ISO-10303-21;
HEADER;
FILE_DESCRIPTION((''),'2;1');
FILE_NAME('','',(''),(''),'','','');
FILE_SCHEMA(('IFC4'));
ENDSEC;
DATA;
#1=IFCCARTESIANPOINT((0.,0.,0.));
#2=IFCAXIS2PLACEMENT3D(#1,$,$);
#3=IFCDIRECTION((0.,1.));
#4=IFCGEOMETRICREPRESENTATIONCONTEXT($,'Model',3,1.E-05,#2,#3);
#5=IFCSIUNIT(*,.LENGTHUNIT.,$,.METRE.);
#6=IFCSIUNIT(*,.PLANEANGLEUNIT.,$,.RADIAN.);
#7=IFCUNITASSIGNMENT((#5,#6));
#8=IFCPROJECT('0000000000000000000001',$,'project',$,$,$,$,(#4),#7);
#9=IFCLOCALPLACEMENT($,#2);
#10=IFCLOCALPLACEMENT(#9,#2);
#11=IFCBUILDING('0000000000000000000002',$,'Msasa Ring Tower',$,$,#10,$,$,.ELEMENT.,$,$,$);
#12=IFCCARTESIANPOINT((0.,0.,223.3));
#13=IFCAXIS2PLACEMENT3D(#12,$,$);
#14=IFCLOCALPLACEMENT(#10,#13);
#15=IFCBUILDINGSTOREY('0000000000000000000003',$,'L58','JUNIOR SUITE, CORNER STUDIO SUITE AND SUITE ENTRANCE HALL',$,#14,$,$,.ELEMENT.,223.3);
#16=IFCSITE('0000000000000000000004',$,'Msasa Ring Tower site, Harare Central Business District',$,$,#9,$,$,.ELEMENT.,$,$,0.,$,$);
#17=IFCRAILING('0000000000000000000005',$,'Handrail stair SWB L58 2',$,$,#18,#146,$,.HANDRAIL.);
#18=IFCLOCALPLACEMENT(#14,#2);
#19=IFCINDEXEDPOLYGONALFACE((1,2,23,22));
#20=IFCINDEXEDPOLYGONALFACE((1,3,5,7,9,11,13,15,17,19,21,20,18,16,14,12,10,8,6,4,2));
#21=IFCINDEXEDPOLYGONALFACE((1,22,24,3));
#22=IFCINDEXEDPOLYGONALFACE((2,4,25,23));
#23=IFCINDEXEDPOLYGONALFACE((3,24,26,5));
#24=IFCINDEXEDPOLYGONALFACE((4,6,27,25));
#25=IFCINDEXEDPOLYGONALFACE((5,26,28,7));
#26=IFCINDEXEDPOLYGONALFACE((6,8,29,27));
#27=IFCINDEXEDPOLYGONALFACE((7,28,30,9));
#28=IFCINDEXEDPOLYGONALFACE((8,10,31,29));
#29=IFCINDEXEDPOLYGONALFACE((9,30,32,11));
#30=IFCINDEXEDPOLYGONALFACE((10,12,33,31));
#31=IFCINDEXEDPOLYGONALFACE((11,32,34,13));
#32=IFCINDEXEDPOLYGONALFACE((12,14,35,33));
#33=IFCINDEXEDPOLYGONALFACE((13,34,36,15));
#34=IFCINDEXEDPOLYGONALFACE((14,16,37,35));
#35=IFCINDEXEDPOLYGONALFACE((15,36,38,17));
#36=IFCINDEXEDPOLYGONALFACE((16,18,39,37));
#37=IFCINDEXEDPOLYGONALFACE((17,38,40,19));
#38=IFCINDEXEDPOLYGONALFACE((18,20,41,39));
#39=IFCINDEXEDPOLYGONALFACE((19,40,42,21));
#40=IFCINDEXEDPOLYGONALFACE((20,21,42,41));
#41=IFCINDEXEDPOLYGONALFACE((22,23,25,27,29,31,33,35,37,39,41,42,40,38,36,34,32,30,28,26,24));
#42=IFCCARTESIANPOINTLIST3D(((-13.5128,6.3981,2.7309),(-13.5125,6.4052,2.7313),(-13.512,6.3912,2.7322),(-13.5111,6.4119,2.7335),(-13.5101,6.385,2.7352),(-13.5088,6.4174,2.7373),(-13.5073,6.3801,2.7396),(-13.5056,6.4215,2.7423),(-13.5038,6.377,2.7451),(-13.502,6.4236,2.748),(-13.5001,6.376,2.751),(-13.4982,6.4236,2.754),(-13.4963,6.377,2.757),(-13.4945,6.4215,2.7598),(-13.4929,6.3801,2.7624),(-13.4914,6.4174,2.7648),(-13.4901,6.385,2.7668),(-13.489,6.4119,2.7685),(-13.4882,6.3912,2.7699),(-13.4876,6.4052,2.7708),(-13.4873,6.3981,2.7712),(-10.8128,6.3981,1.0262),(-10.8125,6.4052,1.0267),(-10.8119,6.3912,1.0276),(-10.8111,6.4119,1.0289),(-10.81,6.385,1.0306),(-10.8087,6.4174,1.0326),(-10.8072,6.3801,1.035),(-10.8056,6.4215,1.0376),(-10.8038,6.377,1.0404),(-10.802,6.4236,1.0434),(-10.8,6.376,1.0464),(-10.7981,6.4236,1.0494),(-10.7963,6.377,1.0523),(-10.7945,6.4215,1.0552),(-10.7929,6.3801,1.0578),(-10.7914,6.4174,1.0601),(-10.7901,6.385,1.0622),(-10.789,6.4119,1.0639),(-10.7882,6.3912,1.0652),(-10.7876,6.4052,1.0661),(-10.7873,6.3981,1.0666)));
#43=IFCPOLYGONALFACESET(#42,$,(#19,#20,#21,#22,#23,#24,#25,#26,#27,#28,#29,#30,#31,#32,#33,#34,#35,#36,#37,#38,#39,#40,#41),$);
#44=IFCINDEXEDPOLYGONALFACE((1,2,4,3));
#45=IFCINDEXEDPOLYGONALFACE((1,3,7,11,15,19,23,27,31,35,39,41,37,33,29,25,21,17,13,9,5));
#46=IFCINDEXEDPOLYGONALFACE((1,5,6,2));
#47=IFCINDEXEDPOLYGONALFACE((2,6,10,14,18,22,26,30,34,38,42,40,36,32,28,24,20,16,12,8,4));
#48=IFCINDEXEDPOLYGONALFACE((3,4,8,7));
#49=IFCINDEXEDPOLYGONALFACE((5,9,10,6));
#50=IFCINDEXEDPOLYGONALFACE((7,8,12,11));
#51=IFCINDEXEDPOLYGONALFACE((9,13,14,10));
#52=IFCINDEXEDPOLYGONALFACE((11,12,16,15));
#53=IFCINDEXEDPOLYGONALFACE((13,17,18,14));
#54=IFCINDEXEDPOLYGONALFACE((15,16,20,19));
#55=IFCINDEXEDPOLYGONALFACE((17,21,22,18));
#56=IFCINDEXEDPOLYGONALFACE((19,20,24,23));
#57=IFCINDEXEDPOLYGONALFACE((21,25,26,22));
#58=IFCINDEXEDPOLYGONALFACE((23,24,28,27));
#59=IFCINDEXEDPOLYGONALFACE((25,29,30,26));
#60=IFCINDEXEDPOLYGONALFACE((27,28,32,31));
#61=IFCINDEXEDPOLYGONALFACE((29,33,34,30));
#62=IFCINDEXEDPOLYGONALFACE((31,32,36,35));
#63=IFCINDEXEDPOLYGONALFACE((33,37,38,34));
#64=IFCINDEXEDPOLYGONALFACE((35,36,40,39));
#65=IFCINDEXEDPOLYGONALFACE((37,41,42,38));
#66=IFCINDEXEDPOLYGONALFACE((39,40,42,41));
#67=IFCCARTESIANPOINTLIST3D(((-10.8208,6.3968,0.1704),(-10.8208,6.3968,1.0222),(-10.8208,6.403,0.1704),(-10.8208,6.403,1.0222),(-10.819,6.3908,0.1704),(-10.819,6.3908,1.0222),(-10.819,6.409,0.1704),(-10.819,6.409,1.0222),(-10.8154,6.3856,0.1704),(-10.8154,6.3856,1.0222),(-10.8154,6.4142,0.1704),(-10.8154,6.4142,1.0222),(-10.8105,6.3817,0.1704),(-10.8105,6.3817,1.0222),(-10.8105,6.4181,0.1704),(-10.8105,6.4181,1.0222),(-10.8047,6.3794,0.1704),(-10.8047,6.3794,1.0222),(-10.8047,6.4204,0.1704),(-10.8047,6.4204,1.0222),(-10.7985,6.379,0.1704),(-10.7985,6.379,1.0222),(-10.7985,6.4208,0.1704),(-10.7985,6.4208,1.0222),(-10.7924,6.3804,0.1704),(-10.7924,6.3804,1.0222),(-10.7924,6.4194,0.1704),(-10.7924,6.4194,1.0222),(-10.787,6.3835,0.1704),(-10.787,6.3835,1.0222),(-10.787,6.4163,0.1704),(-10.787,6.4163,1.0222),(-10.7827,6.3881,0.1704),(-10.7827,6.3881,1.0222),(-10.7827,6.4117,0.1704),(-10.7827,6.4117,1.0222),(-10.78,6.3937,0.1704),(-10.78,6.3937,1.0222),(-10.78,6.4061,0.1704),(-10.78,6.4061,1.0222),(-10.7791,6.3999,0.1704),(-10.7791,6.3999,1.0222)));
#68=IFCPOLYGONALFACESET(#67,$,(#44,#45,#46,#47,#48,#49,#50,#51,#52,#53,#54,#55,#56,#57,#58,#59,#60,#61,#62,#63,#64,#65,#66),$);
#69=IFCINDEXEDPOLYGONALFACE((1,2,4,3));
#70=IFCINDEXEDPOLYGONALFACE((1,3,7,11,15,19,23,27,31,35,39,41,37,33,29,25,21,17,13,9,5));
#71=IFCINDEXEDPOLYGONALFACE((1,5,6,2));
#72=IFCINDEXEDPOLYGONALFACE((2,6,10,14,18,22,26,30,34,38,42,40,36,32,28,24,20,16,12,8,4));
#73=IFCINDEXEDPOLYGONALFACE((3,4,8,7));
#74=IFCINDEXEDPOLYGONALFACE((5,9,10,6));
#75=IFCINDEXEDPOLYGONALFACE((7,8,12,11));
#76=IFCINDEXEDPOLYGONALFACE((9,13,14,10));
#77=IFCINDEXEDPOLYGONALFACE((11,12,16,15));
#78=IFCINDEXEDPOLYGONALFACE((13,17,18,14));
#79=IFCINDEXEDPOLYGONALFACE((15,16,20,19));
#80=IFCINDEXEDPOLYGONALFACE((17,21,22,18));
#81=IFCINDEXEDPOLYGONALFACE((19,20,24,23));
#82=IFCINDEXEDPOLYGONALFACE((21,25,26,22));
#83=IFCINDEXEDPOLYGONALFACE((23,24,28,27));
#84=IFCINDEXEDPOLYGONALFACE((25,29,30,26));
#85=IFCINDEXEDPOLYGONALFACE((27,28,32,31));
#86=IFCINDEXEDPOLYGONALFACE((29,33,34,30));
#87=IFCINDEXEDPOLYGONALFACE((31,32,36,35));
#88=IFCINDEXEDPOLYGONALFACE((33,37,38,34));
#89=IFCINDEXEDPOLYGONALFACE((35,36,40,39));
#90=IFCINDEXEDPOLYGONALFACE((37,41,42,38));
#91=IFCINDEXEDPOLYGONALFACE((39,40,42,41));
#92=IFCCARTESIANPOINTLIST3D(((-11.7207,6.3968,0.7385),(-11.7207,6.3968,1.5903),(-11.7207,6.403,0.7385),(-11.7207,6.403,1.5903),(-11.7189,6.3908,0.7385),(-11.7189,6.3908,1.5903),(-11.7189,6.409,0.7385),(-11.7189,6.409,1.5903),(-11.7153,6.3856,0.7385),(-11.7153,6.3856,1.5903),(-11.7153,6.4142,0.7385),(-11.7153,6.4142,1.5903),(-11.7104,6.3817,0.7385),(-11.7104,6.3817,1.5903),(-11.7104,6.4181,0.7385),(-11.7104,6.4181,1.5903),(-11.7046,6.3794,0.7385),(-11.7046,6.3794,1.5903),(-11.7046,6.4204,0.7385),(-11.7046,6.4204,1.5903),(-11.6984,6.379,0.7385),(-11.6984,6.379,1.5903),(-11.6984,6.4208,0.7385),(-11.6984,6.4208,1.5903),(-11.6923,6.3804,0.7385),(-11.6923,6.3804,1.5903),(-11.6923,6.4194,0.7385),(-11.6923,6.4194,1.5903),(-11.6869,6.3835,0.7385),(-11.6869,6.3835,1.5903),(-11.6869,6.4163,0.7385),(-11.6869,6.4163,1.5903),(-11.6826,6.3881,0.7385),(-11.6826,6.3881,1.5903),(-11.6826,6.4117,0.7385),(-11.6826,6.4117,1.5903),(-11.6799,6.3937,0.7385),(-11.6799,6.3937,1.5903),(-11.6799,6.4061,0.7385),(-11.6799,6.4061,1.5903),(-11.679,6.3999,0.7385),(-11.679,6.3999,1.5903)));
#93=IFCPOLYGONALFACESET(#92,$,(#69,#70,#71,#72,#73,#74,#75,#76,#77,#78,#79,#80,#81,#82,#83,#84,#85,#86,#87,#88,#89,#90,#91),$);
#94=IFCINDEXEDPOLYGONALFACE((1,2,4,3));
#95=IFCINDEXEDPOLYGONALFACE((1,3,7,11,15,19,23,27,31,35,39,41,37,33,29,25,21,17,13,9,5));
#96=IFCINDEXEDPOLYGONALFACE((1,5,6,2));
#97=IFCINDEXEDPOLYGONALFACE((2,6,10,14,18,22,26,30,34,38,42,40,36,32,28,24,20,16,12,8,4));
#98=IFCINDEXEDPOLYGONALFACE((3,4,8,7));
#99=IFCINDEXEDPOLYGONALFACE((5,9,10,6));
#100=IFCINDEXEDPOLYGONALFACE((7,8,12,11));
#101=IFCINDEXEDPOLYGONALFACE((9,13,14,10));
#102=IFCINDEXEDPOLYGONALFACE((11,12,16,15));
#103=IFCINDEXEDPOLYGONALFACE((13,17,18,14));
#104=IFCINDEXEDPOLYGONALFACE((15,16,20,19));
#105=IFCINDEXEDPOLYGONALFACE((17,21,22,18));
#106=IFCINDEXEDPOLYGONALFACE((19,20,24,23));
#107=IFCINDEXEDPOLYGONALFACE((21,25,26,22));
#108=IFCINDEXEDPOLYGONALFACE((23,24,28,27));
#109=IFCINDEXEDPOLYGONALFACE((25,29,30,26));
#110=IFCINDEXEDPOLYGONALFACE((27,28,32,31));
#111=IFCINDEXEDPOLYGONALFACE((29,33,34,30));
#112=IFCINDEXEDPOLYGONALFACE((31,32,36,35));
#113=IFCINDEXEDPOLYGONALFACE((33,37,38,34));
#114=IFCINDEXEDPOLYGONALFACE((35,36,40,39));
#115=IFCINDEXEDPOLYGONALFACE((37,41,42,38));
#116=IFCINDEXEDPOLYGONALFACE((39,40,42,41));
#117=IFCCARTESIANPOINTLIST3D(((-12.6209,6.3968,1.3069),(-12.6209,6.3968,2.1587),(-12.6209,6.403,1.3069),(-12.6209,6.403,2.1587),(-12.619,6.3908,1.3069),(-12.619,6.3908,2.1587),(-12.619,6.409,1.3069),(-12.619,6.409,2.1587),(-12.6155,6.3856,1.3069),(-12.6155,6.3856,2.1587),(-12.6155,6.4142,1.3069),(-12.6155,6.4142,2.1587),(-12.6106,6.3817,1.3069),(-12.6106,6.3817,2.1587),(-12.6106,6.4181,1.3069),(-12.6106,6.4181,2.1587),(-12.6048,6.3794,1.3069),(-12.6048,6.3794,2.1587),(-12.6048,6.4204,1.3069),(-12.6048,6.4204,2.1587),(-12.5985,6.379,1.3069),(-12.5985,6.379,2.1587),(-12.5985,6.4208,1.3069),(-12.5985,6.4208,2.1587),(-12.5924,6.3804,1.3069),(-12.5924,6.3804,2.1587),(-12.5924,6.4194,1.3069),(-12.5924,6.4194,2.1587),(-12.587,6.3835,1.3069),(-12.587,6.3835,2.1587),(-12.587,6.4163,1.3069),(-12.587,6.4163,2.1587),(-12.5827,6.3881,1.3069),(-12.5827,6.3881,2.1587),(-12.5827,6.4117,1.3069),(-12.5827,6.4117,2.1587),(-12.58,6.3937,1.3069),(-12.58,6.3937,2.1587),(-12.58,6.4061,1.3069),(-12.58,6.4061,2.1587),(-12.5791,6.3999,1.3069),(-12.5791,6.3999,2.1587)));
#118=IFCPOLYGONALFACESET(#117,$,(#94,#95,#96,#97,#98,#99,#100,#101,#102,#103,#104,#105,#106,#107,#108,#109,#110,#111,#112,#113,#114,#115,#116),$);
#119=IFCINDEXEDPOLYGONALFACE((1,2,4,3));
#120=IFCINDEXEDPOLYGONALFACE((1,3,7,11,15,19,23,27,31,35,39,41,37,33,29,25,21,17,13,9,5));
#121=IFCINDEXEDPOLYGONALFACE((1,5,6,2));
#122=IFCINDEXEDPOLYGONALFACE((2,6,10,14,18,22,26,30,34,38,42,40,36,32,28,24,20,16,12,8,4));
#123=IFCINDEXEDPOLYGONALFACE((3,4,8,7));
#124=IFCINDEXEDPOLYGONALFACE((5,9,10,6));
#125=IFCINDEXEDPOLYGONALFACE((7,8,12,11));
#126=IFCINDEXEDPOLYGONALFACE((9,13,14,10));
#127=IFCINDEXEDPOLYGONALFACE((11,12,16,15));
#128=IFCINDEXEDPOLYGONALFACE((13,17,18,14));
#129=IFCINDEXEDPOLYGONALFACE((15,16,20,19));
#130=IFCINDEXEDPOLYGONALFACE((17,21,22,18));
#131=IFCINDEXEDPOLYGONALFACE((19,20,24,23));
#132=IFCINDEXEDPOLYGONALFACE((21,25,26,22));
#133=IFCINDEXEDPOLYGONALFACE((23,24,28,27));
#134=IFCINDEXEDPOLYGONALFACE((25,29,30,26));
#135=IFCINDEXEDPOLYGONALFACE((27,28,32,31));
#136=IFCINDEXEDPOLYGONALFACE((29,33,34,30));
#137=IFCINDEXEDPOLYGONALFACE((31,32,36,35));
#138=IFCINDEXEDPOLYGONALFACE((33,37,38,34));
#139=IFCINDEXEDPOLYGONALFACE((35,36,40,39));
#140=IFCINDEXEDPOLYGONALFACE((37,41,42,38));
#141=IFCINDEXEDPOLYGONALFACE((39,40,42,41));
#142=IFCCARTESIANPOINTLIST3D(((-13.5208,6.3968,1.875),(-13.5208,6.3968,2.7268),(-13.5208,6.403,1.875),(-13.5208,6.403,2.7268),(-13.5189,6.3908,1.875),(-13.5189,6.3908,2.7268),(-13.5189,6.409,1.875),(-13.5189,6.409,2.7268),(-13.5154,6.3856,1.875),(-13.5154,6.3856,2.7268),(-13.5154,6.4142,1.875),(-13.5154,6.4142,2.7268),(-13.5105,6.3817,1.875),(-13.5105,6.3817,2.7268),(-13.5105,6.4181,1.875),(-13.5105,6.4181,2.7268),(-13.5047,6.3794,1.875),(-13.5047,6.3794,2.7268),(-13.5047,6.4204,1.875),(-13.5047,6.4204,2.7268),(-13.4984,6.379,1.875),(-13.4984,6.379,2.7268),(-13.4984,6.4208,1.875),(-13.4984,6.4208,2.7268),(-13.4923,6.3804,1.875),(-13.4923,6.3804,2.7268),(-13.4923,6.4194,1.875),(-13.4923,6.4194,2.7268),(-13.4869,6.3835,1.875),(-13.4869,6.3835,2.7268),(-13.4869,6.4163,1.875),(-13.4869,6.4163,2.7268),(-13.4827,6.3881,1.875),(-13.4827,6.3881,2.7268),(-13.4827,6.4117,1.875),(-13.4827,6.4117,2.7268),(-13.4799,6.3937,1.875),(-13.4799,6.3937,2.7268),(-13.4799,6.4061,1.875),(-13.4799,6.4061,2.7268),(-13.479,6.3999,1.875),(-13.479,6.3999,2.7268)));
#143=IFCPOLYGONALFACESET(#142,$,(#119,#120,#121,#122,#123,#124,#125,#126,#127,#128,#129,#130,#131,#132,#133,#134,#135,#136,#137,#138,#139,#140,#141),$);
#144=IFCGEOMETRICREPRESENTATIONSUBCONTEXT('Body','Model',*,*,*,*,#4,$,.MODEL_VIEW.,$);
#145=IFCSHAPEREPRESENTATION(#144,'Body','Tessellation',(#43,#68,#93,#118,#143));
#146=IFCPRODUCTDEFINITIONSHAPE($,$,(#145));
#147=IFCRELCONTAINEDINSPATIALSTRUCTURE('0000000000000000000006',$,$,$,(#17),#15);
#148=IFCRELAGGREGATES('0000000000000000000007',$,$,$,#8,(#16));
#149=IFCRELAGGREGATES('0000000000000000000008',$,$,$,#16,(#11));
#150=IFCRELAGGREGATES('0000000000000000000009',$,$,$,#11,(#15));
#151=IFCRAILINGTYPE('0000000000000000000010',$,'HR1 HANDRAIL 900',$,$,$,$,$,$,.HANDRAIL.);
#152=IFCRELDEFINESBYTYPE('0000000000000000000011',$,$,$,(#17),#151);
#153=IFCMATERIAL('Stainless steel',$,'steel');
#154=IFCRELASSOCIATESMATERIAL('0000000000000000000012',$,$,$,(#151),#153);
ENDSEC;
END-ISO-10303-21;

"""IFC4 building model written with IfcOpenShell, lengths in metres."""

from ifc_helpers import new_model, si_unit, direction, frame, origin, origin_2d, place, context, subcontext, project, spatial, circle, extrude, material, type_object, element, save


model = new_model("IFC4")

# Units and contexts
model_context = context("Model", 3, precision=1e-05, world=origin(), true_north=direction((0.0, 1.0)))
body_context = subcontext(model_context, "Body", "Model", "MODEL_VIEW")
ifc_project = project(units=[si_unit("LENGTHUNIT", "METRE"), si_unit("PLANEANGLEUNIT", "RADIAN")], contexts=[model_context])

# Site, building, storey
site_placement = place(None, origin())
site = spatial("IfcSite", under=ifc_project, at=site_placement, Name="Msasa Ring Tower site, Harare Central Business District", CompositionType="ELEMENT", RefElevation=0.0)
building_placement = place(site_placement, origin())
building = spatial("IfcBuilding", under=site, at=building_placement, Name="Msasa Ring Tower", CompositionType="ELEMENT")
storey_placement = place(building_placement, frame((0.0, 0.0, 223.3)))
storey = spatial("IfcBuildingStorey", under=building, at=storey_placement, Name="L58", Description="JUNIOR SUITE, CORNER STUDIO SUITE AND SUITE ENTRANCE HALL", CompositionType="ELEMENT", Elevation=223.3)

# Railing
ifc_material_1 = material(Name="Stainless steel", Category="steel")
railing_type = type_object("IfcRailingType", Name="HR1 HANDRAIL 900", PredefinedType="HANDRAIL", material=ifc_material_1)
for number, where, name in (
    (1, (-10.8, 6.3999, 0.1704), "Handrail stair SWB L58 2"),
):
    element("IfcRailing", number, at=place(storey_placement, frame(where)), inside=storey, type_object=railing_type, Name=name, PredefinedType="HANDRAIL", context=body_context, shape_type="SweptSolid", body=[
        extrude(circle(Radius=0.0239, at=origin_2d()), frame((0.0, 0.0, 0.876), z_axis=(-0.84558, 0.0, 0.533849), x_axis=(0.0, -1.0, 0.0)), (0.0, 0.0, 1.0), 3.1931),
        extrude(circle(Radius=0.021, at=origin_2d()), origin(), (0.0, 0.0, 1.0), 0.8518),
        extrude(circle(Radius=0.021, at=origin_2d()), frame((-0.8999, 0.0, 0.5681)), (0.0, 0.0, 1.0), 0.8518),
        extrude(circle(Radius=0.021, at=origin_2d()), frame((-1.8, 0.0, 1.1365)), (0.0, 0.0, 1.0), 0.8518),
        extrude(circle(Radius=0.021, at=origin_2d()), frame((-2.7, 0.0, 1.7046)), (0.0, 0.0, 1.0), 0.8518),
    ])

save(model, "model.ifc")
